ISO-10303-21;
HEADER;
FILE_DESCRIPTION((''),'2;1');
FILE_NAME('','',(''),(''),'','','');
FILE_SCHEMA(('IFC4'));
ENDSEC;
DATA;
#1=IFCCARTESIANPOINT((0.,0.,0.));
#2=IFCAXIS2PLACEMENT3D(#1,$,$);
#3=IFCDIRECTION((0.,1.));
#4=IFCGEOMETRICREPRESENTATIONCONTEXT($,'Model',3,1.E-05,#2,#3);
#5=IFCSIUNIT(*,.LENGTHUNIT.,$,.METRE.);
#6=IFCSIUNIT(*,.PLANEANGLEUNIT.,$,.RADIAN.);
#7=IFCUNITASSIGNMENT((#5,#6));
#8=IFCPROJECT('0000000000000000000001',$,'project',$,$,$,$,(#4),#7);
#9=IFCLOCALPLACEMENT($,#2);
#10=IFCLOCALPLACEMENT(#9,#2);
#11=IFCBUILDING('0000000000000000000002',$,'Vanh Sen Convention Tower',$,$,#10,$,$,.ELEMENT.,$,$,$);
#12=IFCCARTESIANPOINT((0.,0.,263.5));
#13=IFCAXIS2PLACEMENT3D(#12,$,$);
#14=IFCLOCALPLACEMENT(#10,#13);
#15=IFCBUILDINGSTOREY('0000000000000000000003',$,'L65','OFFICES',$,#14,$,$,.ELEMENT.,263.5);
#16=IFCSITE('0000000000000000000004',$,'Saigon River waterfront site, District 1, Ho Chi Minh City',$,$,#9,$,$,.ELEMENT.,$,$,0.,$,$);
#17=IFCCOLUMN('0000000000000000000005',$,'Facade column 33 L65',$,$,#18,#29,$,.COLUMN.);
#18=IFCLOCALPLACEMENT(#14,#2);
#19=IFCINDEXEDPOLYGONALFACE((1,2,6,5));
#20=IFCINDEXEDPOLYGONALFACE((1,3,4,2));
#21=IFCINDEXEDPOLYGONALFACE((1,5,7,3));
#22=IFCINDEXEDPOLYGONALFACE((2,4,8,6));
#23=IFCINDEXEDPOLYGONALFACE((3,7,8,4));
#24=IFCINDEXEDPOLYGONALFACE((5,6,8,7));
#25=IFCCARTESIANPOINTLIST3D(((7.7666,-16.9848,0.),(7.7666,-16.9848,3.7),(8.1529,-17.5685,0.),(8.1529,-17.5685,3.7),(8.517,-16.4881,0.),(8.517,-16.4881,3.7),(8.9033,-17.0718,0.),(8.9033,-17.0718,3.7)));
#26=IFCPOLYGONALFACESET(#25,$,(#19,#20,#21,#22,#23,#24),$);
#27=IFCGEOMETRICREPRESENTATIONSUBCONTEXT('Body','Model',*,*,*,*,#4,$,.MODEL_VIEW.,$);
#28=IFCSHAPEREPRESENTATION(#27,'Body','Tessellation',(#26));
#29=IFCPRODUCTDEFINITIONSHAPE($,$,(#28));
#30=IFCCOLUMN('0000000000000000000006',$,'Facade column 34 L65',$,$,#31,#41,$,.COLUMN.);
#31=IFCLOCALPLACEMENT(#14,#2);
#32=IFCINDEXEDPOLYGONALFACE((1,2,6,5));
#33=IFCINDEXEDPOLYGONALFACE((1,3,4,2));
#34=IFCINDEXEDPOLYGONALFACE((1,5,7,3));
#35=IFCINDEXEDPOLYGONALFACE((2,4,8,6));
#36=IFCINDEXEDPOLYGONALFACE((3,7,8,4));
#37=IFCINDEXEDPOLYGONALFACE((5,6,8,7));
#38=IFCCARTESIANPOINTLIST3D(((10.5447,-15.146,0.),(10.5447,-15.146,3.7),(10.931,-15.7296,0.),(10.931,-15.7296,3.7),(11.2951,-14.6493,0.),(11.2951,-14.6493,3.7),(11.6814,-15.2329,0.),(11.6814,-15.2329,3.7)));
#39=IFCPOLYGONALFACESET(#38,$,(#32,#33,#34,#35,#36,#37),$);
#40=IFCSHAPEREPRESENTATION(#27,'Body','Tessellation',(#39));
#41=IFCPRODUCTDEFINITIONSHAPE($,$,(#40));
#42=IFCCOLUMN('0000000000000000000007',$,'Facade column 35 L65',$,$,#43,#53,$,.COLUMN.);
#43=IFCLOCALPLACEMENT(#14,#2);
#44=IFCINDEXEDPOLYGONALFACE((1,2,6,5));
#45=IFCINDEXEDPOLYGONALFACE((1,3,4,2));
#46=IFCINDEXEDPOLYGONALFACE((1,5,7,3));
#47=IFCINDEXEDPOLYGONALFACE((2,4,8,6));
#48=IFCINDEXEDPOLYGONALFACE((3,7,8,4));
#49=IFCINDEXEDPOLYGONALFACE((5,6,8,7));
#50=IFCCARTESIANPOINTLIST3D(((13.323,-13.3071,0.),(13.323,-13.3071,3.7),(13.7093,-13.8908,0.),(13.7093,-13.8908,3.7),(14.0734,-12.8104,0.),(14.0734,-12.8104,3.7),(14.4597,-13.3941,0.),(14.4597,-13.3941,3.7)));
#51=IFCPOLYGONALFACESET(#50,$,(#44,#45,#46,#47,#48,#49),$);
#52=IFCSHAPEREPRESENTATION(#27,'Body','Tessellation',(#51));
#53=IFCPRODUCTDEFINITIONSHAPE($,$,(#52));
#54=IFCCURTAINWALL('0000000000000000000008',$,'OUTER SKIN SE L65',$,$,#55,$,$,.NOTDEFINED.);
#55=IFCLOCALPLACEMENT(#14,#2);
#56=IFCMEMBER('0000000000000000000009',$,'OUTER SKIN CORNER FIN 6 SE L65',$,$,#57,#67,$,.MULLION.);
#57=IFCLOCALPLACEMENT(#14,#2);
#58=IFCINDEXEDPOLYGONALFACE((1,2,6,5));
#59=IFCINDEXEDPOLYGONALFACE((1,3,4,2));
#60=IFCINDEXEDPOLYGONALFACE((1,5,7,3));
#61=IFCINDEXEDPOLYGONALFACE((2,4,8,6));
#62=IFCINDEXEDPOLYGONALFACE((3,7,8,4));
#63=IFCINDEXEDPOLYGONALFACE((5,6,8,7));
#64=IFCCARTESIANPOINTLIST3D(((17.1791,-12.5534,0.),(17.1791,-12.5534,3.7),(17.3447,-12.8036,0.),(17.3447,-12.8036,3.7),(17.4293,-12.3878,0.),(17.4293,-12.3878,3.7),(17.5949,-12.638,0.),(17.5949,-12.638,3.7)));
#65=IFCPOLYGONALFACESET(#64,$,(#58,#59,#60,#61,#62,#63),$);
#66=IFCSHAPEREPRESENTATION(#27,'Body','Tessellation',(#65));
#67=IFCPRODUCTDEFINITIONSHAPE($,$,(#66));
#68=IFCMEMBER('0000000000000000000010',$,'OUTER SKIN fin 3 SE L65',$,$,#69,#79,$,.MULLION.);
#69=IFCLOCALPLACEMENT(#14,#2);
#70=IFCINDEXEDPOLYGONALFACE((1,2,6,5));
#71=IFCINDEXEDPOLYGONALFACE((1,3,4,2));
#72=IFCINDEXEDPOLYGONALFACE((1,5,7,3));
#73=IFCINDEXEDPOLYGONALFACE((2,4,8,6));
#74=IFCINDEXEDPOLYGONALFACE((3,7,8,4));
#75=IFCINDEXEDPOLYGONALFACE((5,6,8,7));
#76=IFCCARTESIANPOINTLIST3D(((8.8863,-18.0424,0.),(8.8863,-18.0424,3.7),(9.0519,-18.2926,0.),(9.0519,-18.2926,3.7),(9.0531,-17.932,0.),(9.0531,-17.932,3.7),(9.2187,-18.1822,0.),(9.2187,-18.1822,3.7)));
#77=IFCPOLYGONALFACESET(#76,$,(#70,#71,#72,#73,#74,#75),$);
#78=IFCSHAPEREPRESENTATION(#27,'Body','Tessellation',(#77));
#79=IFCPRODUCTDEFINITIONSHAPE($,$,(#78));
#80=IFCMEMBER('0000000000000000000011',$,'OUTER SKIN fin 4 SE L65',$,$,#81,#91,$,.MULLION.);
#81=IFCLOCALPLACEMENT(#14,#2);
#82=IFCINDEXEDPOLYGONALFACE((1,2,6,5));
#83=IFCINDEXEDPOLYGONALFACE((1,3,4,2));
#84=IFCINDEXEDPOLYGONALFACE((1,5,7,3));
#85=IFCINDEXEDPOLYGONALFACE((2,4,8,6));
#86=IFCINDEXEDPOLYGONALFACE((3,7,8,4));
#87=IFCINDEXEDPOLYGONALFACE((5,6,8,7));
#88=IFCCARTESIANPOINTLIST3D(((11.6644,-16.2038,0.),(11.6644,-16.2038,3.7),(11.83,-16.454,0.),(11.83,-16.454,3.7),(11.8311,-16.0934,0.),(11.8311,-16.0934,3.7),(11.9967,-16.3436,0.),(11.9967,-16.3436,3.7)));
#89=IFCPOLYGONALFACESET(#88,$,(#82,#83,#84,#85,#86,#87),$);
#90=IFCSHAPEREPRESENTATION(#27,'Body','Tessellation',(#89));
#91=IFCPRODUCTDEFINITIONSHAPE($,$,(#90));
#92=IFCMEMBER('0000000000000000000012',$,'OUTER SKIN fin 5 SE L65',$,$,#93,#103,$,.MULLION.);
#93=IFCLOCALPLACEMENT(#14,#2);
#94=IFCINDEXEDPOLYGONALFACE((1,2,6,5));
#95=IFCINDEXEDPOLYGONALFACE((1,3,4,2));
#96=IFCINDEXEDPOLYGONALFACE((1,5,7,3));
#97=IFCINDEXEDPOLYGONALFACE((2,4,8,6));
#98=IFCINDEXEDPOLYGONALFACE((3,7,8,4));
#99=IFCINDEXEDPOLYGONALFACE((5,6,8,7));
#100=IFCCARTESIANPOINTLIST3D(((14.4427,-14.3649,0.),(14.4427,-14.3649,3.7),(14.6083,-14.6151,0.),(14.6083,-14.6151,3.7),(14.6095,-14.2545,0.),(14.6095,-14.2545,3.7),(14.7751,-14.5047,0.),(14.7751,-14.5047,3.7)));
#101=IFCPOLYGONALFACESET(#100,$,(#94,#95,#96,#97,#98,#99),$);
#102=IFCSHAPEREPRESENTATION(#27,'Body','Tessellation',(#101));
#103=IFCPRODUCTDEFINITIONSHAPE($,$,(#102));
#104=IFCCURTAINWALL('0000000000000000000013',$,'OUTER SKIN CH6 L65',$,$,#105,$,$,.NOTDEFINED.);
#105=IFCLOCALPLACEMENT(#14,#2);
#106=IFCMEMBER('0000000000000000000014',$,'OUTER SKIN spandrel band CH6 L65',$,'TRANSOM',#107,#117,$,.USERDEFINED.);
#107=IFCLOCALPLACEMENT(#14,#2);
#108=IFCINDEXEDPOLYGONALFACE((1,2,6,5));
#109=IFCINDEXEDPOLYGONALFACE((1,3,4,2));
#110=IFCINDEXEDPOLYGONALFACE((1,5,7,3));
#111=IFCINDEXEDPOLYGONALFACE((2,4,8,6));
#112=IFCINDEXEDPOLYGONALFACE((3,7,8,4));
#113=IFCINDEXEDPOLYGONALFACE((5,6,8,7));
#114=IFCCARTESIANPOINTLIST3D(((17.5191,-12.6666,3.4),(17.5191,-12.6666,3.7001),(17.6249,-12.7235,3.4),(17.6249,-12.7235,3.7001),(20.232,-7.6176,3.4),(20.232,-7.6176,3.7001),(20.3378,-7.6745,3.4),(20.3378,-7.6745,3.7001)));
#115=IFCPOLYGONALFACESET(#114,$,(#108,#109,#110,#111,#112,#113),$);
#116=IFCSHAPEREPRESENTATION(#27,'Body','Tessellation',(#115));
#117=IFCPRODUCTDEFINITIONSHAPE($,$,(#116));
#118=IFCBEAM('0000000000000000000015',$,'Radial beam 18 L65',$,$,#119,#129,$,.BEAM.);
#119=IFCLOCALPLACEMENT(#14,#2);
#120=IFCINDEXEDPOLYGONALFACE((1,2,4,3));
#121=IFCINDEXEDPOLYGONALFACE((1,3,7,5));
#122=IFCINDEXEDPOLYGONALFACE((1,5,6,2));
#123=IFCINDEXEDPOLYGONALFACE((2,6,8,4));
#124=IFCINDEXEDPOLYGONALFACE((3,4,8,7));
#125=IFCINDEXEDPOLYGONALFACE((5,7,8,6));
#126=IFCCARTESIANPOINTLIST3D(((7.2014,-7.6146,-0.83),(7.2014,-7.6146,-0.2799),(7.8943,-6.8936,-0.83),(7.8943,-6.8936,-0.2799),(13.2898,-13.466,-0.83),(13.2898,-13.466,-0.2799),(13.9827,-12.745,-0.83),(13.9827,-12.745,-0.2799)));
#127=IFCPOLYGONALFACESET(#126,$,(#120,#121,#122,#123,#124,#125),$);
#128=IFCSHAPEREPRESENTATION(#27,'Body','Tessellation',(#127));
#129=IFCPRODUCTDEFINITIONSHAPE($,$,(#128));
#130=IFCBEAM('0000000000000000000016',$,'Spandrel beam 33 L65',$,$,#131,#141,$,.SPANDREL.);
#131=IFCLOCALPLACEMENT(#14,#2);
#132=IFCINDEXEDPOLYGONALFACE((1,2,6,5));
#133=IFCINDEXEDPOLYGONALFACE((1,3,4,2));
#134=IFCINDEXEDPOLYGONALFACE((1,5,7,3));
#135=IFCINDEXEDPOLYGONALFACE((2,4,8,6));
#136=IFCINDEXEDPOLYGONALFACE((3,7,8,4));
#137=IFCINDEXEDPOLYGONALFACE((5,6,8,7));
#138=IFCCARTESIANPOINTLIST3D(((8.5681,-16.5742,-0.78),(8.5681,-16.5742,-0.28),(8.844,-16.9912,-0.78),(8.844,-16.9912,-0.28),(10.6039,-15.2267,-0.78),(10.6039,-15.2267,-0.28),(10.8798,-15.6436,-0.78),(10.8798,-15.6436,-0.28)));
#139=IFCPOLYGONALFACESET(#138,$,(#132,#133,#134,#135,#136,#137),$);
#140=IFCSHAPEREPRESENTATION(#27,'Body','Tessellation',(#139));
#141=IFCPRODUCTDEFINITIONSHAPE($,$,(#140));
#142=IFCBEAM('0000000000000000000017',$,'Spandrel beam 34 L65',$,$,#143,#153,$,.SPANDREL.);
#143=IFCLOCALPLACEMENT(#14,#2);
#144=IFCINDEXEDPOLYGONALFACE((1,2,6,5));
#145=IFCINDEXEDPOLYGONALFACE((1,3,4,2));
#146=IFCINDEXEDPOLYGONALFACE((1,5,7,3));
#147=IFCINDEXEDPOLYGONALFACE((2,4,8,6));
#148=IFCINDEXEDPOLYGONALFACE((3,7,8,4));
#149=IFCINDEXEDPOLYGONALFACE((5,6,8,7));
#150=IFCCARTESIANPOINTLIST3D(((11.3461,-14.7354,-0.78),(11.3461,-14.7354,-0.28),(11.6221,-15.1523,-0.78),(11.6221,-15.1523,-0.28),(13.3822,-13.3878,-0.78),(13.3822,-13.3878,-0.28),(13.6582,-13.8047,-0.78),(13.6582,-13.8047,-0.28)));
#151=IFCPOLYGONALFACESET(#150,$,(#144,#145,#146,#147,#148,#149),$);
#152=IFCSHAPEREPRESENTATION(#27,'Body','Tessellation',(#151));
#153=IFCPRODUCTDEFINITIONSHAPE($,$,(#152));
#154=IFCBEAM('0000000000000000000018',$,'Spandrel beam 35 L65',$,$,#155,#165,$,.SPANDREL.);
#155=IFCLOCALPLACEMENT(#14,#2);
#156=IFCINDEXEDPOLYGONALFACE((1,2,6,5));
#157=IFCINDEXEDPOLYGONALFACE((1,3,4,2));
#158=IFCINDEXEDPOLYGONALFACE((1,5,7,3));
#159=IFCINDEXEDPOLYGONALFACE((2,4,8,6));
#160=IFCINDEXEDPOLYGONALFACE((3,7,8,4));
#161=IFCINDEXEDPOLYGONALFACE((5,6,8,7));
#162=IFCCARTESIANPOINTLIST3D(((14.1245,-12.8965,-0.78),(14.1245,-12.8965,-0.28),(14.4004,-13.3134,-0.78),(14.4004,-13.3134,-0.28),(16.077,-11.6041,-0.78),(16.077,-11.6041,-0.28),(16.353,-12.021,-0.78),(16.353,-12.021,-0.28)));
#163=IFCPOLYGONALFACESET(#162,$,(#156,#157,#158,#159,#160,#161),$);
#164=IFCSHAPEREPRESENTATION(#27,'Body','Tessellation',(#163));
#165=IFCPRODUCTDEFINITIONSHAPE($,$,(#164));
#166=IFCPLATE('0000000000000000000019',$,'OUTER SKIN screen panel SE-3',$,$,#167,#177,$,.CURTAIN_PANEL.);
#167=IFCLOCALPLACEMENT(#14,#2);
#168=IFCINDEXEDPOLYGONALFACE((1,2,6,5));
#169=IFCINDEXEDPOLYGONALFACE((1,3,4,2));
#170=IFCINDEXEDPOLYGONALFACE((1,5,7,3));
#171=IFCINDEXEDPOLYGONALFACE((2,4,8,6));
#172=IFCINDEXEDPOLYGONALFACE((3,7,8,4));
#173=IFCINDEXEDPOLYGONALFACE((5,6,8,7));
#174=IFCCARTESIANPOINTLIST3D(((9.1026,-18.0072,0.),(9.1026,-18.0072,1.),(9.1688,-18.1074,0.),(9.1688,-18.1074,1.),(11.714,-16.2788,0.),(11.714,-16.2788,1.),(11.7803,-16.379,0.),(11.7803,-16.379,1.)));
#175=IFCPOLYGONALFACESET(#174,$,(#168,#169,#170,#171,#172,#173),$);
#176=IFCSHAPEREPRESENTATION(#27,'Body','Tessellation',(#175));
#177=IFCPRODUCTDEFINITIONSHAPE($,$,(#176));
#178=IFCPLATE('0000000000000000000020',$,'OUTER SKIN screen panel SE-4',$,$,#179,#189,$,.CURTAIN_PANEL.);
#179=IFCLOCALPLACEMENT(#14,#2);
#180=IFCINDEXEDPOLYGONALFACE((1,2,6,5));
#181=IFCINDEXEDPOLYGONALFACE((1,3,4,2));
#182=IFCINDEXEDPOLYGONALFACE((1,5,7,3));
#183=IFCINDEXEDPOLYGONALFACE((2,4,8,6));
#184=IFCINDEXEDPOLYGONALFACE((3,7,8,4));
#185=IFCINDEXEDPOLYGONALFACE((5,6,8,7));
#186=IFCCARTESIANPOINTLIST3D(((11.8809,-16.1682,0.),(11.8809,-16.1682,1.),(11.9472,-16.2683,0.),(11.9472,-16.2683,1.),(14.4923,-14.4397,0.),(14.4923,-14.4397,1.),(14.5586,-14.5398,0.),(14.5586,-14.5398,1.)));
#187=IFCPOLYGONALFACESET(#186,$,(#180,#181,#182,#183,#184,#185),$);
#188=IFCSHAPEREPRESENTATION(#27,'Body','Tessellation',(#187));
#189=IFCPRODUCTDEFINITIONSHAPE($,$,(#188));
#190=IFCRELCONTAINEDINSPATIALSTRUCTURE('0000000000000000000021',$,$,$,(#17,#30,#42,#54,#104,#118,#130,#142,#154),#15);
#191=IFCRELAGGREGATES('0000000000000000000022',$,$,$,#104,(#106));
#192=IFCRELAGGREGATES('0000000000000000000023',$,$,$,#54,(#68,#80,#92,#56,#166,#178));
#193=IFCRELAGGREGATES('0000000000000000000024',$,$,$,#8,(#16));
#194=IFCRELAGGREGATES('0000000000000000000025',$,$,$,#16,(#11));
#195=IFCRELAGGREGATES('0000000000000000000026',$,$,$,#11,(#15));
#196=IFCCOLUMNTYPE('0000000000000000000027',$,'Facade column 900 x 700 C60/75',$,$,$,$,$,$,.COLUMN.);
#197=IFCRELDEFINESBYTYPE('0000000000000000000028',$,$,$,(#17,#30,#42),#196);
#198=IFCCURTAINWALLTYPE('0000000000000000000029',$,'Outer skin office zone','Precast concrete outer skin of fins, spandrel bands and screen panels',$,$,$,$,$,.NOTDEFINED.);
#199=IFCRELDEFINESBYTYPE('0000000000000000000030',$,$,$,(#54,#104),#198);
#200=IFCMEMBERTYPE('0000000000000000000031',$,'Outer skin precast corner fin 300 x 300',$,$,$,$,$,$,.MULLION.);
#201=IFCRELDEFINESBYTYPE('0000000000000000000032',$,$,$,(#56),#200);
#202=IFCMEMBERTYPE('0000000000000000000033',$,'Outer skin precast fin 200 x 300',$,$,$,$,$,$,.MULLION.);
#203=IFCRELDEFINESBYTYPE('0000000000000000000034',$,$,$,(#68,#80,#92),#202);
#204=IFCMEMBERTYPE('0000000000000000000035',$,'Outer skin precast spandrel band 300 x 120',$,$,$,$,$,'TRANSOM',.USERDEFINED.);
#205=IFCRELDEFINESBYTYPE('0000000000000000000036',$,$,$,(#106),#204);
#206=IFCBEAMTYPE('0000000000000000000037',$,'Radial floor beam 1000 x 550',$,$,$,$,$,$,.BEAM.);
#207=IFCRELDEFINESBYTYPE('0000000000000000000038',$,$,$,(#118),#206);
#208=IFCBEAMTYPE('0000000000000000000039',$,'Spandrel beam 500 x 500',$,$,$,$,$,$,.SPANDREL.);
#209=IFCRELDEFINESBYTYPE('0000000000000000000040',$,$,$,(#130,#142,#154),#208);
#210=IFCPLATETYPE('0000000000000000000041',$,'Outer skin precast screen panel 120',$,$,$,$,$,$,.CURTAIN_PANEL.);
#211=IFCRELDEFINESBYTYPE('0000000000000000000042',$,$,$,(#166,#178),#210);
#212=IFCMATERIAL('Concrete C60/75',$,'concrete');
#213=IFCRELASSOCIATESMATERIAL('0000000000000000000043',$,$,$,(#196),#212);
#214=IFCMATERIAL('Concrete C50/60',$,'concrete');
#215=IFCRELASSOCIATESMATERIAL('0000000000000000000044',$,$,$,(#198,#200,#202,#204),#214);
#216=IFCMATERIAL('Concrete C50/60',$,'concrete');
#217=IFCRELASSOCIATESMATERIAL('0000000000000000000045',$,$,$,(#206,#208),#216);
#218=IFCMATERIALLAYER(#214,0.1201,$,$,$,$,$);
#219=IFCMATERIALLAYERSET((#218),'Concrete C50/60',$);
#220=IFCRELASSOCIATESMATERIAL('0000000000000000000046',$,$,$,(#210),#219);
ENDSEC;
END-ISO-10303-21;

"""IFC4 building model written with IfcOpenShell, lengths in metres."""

from ifc_helpers import new_model, si_unit, direction, frame, origin, origin_2d, place, context, subcontext, project, spatial, rectangle, extrude, material, layer, layer_set, material_profile, profile_set, type_object, element, aggregate, save


model = new_model("IFC4")

# Units and contexts
model_context = context("Model", 3, precision=1e-05, world=origin(), true_north=direction((0.0, 1.0)))
body_context = subcontext(model_context, "Body", "Model", "MODEL_VIEW")
ifc_project = project(units=[si_unit("LENGTHUNIT", "METRE"), si_unit("PLANEANGLEUNIT", "RADIAN")], contexts=[model_context])

# Site, building, storey
site_placement = place(None, origin())
site = spatial("IfcSite", under=ifc_project, at=site_placement, Name="Saigon River waterfront site, District 1, Ho Chi Minh City", CompositionType="ELEMENT", RefElevation=0.0)
building_placement = place(site_placement, origin())
building = spatial("IfcBuilding", under=site, at=building_placement, Name="Vanh Sen Convention Tower", CompositionType="ELEMENT")
storey_placement = place(building_placement, frame((0.0, 0.0, 263.5)))
storey = spatial("IfcBuildingStorey", under=building, at=storey_placement, Name="L65", Description="OFFICES", CompositionType="ELEMENT", Elevation=263.5)

# Columns
ifc_material_1 = material(Name="Concrete C60/75", Category="concrete")
ifc_material_profile_1 = material_profile(ifc_material_1, rectangle(XDim=0.8999, YDim=0.7, at=origin_2d()), Name="RC 900X700")
ifc_profile_set_1 = profile_set([ifc_material_profile_1], Name="Concrete C60/75")
column_type = type_object("IfcColumnType", Name="Facade column 900 x 700 C60/75", PredefinedType="COLUMN", material=ifc_profile_set_1)
for number, where, z_axis, x_axis, name in (
    (1, (8.335, -17.0283, 0.0), (0.0, 0.0, 1.0), (0.833886, 0.551937, 0.0), "Facade column 33 L65"),
    (2, (11.113, -15.1895, 0.0), (0.0, 0.0, 1.0), (0.833886, 0.551937, 0.0), "Facade column 34 L65"),
    (3, (13.8914, -13.3506, 0.0), (0.0, 0.0, 1.0), (0.833886, 0.551937, 0.0), "Facade column 35 L65"),
):
    element("IfcColumn", number, at=place(storey_placement, frame(where, z_axis=z_axis, x_axis=x_axis)), inside=storey, type_object=column_type, Name=name, PredefinedType="COLUMN", context=body_context, shape_type="SweptSolid", body=[
        extrude(rectangle(XDim=0.8999, YDim=0.7, at=origin_2d()), origin(), (0.0, 0.0, 1.0), 3.7),
    ])

# Curtain wall, members
ifc_material_2 = material(Name="Concrete C50/60", Category="concrete")
curtain_wall_type = type_object("IfcCurtainWallType", Name="Outer skin office zone", Description="Precast concrete outer skin of fins, spandrel bands and screen panels", PredefinedType="NOTDEFINED", material=ifc_material_2)
curtain_wall_1_placement = place(storey_placement, origin())
curtain_wall_1 = element("IfcCurtainWall", 4, at=curtain_wall_1_placement, inside=storey, type_object=curtain_wall_type, Name="OUTER SKIN SE L65", PredefinedType="NOTDEFINED")
ifc_material_profile_2 = material_profile(ifc_material_2, rectangle(XDim=0.3, YDim=0.3, at=origin_2d()), Name="Outer skin precast corner fin 300 x 300")
ifc_profile_set_2 = profile_set([ifc_material_profile_2], Name="Concrete C50/60")
member_type_1 = type_object("IfcMemberType", Name="Outer skin precast corner fin 300 x 300", PredefinedType="MULLION", material=ifc_profile_set_2)
member_1_placement = place(storey_placement, frame((17.387, -12.5957, 0.0), z_axis=(0.0, 0.0, 1.0), x_axis=(0.833886, 0.551937, 0.0)))
member_1 = element("IfcMember", 5, at=member_1_placement, type_object=member_type_1, Name="OUTER SKIN CORNER FIN 6 SE L65", PredefinedType="MULLION", context=body_context, shape_type="SweptSolid", body=[
    extrude(rectangle(XDim=0.3, YDim=0.3, at=origin_2d()), origin(), (0.0, 0.0, 1.0), 3.7),
])
ifc_material_profile_3 = material_profile(ifc_material_2, rectangle(XDim=0.2, YDim=0.3, at=origin_2d()), Name="Outer skin precast fin 200 x 300")
ifc_profile_set_3 = profile_set([ifc_material_profile_3], Name="Concrete C50/60")
member_type_2 = type_object("IfcMemberType", Name="Outer skin precast fin 200 x 300", PredefinedType="MULLION", material=ifc_profile_set_3)
member_2_placement = place(storey_placement, frame((9.0525, -18.1123, 0.0), z_axis=(0.0, 0.0, 1.0), x_axis=(0.833886, 0.551937, 0.0)))
member_2 = element("IfcMember", 6, at=member_2_placement, type_object=member_type_2, Name="OUTER SKIN fin 3 SE L65", PredefinedType="MULLION", context=body_context, shape_type="SweptSolid", body=[
    extrude(rectangle(XDim=0.2, YDim=0.3, at=origin_2d()), origin(), (0.0, 0.0, 1.0), 3.7),
])
member_3_placement = place(storey_placement, frame((11.8306, -16.2737, 0.0), z_axis=(0.0, 0.0, 1.0), x_axis=(0.833886, 0.551937, 0.0)))
member_3 = element("IfcMember", 7, at=member_3_placement, type_object=member_type_2, Name="OUTER SKIN fin 4 SE L65", PredefinedType="MULLION", context=body_context, shape_type="SweptSolid", body=[
    extrude(rectangle(XDim=0.2, YDim=0.3, at=origin_2d()), origin(), (0.0, 0.0, 1.0), 3.7),
])
member_4_placement = place(storey_placement, frame((14.6089, -14.4348, 0.0), z_axis=(0.0, 0.0, 1.0), x_axis=(0.833886, 0.551937, 0.0)))
member_4 = element("IfcMember", 8, at=member_4_placement, type_object=member_type_2, Name="OUTER SKIN fin 5 SE L65", PredefinedType="MULLION", context=body_context, shape_type="SweptSolid", body=[
    extrude(rectangle(XDim=0.2, YDim=0.3, at=origin_2d()), origin(), (0.0, 0.0, 1.0), 3.7),
])

# Curtain wall, member
curtain_wall_2_placement = place(storey_placement, origin())
curtain_wall_2 = element("IfcCurtainWall", 9, at=curtain_wall_2_placement, inside=storey, type_object=curtain_wall_type, Name="OUTER SKIN CH6 L65", PredefinedType="NOTDEFINED")
ifc_material_profile_4 = material_profile(ifc_material_2, rectangle(XDim=0.1201, YDim=0.3, at=origin_2d()), Name="Outer skin precast spandrel band 300 x 120")
ifc_profile_set_4 = profile_set([ifc_material_profile_4], Name="Concrete C50/60")
member_type_3 = type_object("IfcMemberType", Name="Outer skin precast spandrel band 300 x 120", ElementType="TRANSOM", PredefinedType="USERDEFINED", material=ifc_profile_set_4)
member_5_placement = place(storey_placement, frame((17.572, -12.6951, 3.55), z_axis=(0.47331, 0.880896, 0.0), x_axis=(-0.880896, 0.47331, 0.0)))
member_5 = element("IfcMember", 10, at=member_5_placement, type_object=member_type_3, Name="OUTER SKIN spandrel band CH6 L65", ObjectType="TRANSOM", PredefinedType="USERDEFINED", context=body_context, shape_type="SweptSolid", body=[
    extrude(rectangle(XDim=0.1201, YDim=0.3, at=origin_2d()), origin(), (0.0, 0.0, 1.0), 5.7317),
])
aggregate(curtain_wall_2, [member_5])

# Beams
ifc_material_3 = material(Name="Concrete C50/60", Category="concrete")
ifc_material_profile_5 = material_profile(ifc_material_3, rectangle(XDim=1.0, YDim=0.55, at=origin_2d()), Name="RC 1000X550")
ifc_profile_set_5 = profile_set([ifc_material_profile_5], Name="Concrete C50/60")
beam_type_1 = type_object("IfcBeamType", Name="Radial floor beam 1000 x 550", PredefinedType="BEAM", material=ifc_profile_set_5)
beam_1_placement = place(storey_placement, frame((13.6362, -13.1055, -0.5549), z_axis=(-0.721004, 0.692931, 0.0), x_axis=(-0.692931, -0.721004, 0.0)))
element("IfcBeam", 11, at=beam_1_placement, inside=storey, type_object=beam_type_1, Name="Radial beam 18 L65", PredefinedType="BEAM", context=body_context, shape_type="SweptSolid", body=[
    extrude(rectangle(XDim=1.0, YDim=0.55, at=origin_2d()), origin(), (0.0, 0.0, 1.0), 8.4443),
])
ifc_material_profile_6 = material_profile(ifc_material_3, rectangle(XDim=0.5, YDim=0.5, at=origin_2d()), Name="RC 500X500")
ifc_profile_set_6 = profile_set([ifc_material_profile_6], Name="Concrete C50/60")
beam_type_2 = type_object("IfcBeamType", Name="Spandrel beam 500 x 500", PredefinedType="SPANDREL", material=ifc_profile_set_6)
beam_2_placement = place(storey_placement, frame((8.7061, -16.7827, -0.53), z_axis=(0.833861, 0.551974, 0.0), x_axis=(-0.551974, 0.833861, 0.0)))
element("IfcBeam", 12, at=beam_2_placement, inside=storey, type_object=beam_type_2, Name="Spandrel beam 33 L65", PredefinedType="SPANDREL", context=body_context, shape_type="SweptSolid", body=[
    extrude(rectangle(XDim=0.5, YDim=0.5, at=origin_2d()), origin(), (0.0, 0.0, 1.0), 2.4414),
])
beam_3_placement = place(storey_placement, frame((11.4841, -14.9438, -0.53), z_axis=(0.833892, 0.551928, 0.0), x_axis=(-0.551928, 0.833892, 0.0)))
element("IfcBeam", 13, at=beam_3_placement, inside=storey, type_object=beam_type_2, Name="Spandrel beam 34 L65", PredefinedType="SPANDREL", context=body_context, shape_type="SweptSolid", body=[
    extrude(rectangle(XDim=0.5, YDim=0.5, at=origin_2d()), origin(), (0.0, 0.0, 1.0), 2.4417),
])
beam_4_placement = place(storey_placement, frame((14.2625, -13.105, -0.53), z_axis=(0.833874, 0.551954, 0.0), x_axis=(-0.551954, 0.833874, 0.0)))
element("IfcBeam", 14, at=beam_4_placement, inside=storey, type_object=beam_type_2, Name="Spandrel beam 35 L65", PredefinedType="SPANDREL", context=body_context, shape_type="SweptSolid", body=[
    extrude(rectangle(XDim=0.5, YDim=0.5, at=origin_2d()), origin(), (0.0, 0.0, 1.0), 2.3416),
])

# Plates
ifc_layer_1 = layer(ifc_material_2, 0.1201)
ifc_layer_set_1 = layer_set([ifc_layer_1], Name="Concrete C50/60")
plate_type = type_object("IfcPlateType", Name="Outer skin precast screen panel 120", PredefinedType="CURTAIN_PANEL", material=ifc_layer_set_1)
plate_1_placement = place(storey_placement, frame((10.4414, -17.1931, 0.0), z_axis=(0.0, 0.0, 1.0), x_axis=(0.833893, 0.551927, 0.0)))
plate_1 = element("IfcPlate", 15, at=plate_1_placement, type_object=plate_type, Name="OUTER SKIN screen panel SE-3", PredefinedType="CURTAIN_PANEL", context=body_context, shape_type="SweptSolid", body=[
    extrude(rectangle(XDim=3.1316, YDim=0.1201, at=origin_2d()), origin(), (0.0, 0.0, 1.0), 1.0),
])
plate_2_placement = place(storey_placement, frame((13.2197, -15.354, 0.0), z_axis=(0.0, 0.0, 1.0), x_axis=(0.833879, 0.551947, 0.0)))
plate_2 = element("IfcPlate", 16, at=plate_2_placement, type_object=plate_type, Name="OUTER SKIN screen panel SE-4", PredefinedType="CURTAIN_PANEL", context=body_context, shape_type="SweptSolid", body=[
    extrude(rectangle(XDim=3.1316, YDim=0.1201, at=origin_2d()), origin(), (0.0, 0.0, 1.0), 1.0),
])
aggregate(curtain_wall_1, [member_2, member_3, member_4, member_1, plate_1, plate_2])

save(model, "model.ifc")
